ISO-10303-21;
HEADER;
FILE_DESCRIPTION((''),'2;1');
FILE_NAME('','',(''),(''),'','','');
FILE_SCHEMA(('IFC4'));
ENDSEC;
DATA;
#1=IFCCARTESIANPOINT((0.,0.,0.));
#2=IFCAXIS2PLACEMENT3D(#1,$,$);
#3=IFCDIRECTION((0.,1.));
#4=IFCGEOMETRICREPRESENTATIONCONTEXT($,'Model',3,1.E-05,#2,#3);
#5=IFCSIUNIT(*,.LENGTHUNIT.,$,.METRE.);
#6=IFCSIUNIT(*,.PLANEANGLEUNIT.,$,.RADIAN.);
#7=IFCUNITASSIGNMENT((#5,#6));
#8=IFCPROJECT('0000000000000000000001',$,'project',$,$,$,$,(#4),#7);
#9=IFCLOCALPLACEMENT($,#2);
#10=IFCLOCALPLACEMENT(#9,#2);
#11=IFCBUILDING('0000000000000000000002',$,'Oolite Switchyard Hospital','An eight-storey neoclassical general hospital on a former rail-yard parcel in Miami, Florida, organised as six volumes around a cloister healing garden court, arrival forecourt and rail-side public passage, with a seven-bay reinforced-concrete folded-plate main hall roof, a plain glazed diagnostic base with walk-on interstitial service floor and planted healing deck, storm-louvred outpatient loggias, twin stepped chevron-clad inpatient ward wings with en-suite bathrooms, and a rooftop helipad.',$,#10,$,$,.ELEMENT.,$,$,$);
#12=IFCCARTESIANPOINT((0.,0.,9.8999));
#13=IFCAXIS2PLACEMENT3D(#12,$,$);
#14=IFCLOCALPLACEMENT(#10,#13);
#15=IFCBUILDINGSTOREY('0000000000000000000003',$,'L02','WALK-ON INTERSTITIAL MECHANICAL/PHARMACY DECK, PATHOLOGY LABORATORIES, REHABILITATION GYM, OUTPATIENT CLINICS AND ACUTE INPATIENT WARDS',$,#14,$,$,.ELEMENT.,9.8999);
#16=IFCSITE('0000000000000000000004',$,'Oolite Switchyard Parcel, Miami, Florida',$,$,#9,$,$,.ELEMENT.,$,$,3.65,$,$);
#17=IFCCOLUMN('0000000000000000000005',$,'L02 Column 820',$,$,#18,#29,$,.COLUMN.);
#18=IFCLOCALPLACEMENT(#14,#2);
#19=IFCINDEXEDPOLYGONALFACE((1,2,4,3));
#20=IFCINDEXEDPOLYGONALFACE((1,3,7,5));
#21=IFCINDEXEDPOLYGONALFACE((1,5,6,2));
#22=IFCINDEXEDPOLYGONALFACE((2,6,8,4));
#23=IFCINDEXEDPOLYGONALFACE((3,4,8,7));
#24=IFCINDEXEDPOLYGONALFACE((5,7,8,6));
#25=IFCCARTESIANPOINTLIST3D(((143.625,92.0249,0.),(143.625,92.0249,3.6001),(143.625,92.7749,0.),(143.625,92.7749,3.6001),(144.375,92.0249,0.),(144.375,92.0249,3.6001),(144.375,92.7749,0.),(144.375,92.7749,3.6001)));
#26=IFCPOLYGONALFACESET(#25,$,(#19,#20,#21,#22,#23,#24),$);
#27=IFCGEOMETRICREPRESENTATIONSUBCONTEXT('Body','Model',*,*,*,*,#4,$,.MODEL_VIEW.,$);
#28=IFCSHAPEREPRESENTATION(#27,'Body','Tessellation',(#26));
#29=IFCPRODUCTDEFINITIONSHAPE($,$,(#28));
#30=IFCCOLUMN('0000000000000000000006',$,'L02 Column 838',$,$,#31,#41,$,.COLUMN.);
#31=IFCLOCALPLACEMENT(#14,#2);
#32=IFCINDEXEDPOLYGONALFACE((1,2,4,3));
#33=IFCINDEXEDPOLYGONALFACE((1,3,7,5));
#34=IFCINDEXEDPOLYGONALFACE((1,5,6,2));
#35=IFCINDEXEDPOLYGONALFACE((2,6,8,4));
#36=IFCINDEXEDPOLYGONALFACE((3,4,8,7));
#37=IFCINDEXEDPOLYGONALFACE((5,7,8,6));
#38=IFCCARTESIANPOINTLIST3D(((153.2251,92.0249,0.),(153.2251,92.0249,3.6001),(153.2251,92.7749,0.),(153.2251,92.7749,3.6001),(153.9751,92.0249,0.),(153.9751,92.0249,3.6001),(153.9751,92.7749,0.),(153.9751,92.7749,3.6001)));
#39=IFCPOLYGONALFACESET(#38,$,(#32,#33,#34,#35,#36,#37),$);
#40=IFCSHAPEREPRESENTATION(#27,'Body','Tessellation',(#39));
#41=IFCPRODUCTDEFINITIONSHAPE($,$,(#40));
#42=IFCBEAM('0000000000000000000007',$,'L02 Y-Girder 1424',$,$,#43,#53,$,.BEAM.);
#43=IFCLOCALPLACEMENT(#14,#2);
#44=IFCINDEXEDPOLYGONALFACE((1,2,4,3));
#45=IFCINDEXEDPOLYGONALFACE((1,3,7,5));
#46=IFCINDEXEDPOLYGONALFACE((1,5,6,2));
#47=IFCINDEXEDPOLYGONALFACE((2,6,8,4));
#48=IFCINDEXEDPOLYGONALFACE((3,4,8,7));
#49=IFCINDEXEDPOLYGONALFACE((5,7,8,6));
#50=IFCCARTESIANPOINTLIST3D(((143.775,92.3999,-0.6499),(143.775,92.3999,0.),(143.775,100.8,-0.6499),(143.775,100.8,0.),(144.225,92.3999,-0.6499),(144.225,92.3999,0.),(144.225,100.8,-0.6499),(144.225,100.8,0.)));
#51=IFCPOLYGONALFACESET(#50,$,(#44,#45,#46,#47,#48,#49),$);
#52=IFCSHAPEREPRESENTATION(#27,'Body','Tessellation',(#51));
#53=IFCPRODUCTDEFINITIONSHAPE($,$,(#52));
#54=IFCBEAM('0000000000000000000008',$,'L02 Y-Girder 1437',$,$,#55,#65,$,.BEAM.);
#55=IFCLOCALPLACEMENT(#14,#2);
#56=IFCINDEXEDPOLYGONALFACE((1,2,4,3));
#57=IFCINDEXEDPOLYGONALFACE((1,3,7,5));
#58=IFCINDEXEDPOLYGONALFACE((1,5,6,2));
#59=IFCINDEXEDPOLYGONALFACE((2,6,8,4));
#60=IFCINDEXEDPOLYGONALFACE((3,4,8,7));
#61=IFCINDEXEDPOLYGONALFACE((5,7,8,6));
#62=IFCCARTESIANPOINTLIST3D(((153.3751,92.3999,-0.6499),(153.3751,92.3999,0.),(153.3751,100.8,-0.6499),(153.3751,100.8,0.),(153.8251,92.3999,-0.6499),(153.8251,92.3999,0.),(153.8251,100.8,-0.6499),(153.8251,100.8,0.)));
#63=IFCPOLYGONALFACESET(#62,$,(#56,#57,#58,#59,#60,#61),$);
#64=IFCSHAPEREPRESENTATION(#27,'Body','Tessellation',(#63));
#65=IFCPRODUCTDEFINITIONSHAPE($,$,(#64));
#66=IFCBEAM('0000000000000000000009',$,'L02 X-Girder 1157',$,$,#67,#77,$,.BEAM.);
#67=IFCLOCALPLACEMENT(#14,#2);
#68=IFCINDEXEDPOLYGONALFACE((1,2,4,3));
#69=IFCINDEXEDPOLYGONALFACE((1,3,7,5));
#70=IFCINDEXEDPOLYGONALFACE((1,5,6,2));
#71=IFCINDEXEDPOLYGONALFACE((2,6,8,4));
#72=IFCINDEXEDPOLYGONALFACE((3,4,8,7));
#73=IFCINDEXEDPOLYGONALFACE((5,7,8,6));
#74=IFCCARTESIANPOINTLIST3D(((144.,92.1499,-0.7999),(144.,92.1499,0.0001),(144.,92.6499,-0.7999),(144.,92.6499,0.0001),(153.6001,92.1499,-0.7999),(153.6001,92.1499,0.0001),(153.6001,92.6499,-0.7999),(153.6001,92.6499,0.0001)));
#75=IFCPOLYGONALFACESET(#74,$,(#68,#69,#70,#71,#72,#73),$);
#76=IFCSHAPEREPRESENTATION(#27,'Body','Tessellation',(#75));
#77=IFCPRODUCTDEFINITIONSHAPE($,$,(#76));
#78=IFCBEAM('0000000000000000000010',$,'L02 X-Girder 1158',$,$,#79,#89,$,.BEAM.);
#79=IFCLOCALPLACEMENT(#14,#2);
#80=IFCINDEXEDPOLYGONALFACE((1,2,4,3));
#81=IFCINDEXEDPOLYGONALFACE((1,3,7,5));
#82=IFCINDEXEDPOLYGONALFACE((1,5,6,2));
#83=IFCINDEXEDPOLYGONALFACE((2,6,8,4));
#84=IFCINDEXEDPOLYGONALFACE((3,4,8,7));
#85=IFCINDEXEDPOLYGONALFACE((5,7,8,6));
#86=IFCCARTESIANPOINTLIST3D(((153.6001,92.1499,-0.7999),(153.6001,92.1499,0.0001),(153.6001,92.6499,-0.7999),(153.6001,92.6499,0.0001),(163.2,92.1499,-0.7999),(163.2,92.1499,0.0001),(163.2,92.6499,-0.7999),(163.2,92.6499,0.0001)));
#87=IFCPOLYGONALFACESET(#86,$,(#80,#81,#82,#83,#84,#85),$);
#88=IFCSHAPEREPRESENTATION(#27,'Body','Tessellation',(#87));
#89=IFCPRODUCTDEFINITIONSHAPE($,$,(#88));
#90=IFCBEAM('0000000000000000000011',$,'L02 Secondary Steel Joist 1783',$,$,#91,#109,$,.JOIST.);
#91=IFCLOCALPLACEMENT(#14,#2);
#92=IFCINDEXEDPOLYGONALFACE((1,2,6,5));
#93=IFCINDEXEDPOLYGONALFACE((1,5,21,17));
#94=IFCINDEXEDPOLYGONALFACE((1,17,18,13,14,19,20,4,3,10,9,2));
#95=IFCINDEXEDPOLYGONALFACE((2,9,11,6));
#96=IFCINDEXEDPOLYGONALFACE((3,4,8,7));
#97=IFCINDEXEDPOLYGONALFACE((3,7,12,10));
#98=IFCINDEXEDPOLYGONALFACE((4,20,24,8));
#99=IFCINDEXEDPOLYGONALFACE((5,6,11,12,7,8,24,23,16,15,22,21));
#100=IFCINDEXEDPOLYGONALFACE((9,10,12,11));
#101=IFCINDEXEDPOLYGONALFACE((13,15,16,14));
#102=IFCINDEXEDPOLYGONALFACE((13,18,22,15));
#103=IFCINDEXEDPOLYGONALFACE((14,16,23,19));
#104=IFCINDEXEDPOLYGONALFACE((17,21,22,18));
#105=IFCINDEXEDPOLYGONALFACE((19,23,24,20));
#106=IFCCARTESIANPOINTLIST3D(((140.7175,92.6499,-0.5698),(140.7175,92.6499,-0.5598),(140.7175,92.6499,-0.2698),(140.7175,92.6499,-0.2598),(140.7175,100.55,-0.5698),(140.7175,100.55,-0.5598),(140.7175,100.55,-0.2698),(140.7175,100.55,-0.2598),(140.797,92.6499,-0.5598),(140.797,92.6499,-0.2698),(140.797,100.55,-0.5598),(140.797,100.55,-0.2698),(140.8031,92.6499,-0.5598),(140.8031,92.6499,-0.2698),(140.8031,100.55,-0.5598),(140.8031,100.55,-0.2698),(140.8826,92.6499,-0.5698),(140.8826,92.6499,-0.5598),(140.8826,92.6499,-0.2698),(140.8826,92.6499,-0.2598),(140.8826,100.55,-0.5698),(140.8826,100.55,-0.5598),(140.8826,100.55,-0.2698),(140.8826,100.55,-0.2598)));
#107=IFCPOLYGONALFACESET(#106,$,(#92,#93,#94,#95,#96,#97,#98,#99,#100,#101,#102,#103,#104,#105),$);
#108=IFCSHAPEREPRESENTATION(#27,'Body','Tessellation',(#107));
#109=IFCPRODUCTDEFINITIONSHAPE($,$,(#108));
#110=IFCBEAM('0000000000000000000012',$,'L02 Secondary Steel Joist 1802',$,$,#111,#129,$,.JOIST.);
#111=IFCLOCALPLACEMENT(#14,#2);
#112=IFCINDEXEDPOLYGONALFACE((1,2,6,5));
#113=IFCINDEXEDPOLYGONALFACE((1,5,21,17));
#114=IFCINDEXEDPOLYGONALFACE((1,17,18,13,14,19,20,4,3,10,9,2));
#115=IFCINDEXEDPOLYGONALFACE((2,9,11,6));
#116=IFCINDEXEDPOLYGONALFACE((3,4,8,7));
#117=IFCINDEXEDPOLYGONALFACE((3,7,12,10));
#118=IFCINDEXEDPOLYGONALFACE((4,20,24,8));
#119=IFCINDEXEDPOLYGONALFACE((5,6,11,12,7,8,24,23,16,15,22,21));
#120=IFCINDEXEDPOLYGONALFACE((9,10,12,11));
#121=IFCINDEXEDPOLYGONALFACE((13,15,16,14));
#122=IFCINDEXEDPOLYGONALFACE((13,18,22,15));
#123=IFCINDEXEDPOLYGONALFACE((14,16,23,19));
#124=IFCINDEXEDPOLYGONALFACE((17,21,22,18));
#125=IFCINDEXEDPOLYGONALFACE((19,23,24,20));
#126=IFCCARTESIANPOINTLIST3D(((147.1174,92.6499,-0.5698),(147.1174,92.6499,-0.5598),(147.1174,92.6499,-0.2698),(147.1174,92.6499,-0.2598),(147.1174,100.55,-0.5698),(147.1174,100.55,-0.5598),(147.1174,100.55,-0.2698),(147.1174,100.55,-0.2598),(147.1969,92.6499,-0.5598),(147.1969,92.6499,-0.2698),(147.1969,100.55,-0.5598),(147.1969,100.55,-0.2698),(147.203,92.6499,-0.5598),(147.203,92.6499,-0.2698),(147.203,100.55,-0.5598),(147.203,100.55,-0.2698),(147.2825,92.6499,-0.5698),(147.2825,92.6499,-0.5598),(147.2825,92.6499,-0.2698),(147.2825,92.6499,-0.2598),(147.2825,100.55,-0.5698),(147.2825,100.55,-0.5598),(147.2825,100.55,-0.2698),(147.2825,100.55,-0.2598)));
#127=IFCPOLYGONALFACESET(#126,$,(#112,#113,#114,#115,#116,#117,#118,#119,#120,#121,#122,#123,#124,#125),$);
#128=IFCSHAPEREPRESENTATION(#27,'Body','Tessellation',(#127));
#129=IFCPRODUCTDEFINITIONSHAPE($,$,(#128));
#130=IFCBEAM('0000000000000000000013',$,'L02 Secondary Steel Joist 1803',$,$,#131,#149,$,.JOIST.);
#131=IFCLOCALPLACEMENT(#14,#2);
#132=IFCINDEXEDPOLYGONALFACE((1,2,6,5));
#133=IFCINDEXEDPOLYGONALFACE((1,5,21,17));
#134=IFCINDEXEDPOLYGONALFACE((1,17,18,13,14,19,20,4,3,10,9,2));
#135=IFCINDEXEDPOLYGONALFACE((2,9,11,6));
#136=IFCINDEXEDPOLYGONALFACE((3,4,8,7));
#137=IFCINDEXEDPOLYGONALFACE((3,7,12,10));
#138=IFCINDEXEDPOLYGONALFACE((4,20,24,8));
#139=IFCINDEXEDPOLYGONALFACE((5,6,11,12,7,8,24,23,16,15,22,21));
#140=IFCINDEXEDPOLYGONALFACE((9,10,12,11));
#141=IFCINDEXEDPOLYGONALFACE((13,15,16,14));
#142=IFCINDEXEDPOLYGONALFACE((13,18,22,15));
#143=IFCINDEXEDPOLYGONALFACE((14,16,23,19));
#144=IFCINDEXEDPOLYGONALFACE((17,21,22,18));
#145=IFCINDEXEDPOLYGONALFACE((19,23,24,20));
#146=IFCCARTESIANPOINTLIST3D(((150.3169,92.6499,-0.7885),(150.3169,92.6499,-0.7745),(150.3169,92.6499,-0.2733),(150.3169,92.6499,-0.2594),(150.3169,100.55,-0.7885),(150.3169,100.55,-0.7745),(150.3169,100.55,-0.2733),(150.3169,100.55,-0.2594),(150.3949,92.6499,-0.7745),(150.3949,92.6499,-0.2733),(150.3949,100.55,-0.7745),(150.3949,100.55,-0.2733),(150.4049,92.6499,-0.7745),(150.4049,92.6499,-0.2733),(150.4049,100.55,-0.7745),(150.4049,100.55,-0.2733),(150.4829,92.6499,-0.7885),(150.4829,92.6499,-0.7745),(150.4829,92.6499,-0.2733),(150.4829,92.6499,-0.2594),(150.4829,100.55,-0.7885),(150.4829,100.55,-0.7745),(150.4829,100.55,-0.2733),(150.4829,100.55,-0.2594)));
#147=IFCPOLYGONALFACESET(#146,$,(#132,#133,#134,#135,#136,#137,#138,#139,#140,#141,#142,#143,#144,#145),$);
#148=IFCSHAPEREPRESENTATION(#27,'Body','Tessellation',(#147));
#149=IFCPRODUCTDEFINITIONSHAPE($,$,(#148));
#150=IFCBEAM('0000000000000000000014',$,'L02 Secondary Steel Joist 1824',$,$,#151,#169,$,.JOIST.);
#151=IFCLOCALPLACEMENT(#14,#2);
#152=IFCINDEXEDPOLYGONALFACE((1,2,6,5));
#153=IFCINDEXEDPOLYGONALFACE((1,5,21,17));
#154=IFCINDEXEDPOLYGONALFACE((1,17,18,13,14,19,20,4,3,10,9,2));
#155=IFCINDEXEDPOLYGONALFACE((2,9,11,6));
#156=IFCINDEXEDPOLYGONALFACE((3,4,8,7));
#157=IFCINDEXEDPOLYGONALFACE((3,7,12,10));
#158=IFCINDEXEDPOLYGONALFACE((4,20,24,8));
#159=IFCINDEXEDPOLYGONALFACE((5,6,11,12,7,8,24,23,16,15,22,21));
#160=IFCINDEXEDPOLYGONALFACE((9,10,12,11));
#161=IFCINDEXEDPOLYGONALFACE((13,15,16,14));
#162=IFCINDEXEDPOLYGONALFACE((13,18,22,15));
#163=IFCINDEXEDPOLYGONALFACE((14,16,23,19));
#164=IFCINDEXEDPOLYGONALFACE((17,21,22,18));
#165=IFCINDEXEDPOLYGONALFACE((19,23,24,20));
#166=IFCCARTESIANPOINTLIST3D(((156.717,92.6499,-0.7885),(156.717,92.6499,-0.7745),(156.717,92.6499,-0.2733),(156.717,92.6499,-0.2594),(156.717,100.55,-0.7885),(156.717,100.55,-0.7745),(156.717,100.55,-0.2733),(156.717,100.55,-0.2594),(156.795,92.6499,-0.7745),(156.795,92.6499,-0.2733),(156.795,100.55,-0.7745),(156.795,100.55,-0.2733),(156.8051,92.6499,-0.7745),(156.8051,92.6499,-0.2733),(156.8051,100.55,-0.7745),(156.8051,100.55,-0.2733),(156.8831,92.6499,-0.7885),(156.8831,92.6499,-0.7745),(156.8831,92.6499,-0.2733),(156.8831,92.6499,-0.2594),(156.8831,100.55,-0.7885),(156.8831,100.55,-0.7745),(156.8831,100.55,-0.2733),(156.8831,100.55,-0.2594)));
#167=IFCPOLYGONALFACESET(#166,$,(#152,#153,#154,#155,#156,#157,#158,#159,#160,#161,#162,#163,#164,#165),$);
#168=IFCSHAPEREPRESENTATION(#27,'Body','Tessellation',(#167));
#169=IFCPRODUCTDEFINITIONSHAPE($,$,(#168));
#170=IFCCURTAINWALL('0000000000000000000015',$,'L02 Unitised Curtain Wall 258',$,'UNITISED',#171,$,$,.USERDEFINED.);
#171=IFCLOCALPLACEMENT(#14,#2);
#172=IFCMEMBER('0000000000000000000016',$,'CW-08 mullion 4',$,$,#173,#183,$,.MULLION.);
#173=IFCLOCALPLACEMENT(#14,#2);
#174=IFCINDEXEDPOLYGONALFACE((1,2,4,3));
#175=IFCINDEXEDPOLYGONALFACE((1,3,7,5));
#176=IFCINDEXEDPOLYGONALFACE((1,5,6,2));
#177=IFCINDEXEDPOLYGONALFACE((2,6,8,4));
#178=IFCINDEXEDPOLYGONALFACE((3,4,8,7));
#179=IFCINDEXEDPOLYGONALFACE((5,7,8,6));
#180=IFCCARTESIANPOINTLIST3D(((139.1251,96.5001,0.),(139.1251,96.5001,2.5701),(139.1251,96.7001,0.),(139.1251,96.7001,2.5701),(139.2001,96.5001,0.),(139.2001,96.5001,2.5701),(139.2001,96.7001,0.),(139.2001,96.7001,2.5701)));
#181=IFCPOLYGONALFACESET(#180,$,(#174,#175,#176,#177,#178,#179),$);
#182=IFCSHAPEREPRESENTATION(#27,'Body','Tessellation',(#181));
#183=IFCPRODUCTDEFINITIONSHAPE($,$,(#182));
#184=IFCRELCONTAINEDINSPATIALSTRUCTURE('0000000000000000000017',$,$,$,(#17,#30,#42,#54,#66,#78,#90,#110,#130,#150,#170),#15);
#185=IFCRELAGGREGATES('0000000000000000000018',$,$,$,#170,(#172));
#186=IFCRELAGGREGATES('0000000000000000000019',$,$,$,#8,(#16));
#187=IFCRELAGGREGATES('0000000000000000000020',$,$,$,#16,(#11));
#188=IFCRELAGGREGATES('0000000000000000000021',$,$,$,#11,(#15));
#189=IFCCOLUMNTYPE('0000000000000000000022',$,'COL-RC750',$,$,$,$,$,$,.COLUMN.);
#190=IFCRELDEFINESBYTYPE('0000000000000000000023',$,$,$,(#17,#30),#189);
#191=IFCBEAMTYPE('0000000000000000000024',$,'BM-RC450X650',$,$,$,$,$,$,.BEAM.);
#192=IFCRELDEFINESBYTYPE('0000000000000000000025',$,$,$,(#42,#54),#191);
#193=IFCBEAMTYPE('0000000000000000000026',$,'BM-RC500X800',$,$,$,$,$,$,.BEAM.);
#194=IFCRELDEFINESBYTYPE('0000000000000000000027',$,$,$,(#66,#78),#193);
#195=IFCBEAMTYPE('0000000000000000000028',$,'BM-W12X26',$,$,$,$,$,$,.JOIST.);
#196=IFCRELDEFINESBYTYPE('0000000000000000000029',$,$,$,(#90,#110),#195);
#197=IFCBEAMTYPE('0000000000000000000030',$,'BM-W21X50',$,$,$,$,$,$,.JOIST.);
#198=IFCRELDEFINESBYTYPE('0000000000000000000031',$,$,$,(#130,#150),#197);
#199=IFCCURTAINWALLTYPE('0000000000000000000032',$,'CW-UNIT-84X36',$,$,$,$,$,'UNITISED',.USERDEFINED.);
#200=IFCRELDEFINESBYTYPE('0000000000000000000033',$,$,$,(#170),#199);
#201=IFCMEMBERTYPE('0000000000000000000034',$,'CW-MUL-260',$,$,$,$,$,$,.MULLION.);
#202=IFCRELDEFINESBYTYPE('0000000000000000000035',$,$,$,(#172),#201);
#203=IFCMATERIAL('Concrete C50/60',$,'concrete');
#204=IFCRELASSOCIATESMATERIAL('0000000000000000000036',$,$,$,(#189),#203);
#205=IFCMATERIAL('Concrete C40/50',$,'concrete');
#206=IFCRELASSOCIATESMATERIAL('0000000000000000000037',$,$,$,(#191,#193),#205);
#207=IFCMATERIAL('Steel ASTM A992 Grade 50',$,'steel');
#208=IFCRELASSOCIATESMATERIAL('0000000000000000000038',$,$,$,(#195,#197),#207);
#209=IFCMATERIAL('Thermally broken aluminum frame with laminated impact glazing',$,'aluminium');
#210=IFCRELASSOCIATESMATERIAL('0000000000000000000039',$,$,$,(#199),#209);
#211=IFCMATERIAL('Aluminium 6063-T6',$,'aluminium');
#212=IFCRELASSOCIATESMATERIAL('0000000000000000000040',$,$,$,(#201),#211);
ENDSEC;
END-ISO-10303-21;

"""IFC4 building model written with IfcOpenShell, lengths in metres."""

from ifc_helpers import new_model, si_unit, direction, frame, origin, origin_2d, place, context, subcontext, project, spatial, rectangle, i_section, extrude, material, material_profile, profile_set, type_object, element, aggregate, save


model = new_model("IFC4")

# Units and contexts
model_context = context("Model", 3, precision=1e-05, world=origin(), true_north=direction((0.0, 1.0)))
body_context = subcontext(model_context, "Body", "Model", "MODEL_VIEW")
ifc_project = project(units=[si_unit("LENGTHUNIT", "METRE"), si_unit("PLANEANGLEUNIT", "RADIAN")], contexts=[model_context])

# Site, building, storey
site_placement = place(None, origin())
site = spatial("IfcSite", under=ifc_project, at=site_placement, Name="Oolite Switchyard Parcel, Miami, Florida", CompositionType="ELEMENT", RefElevation=3.65)
building_placement = place(site_placement, origin())
building = spatial("IfcBuilding", under=site, at=building_placement, Name="Oolite Switchyard Hospital", Description="An eight-storey neoclassical general hospital on a former rail-yard parcel in Miami, Florida, organised as six volumes around a cloister healing garden court, arrival forecourt and rail-side public passage, with a seven-bay reinforced-concrete folded-plate main hall roof, a plain glazed diagnostic base with walk-on interstitial service floor and planted healing deck, storm-louvred outpatient loggias, twin stepped chevron-clad inpatient ward wings with en-suite bathrooms, and a rooftop helipad.", CompositionType="ELEMENT")
storey_placement = place(building_placement, frame((0.0, 0.0, 9.8999)))
storey = spatial("IfcBuildingStorey", under=building, at=storey_placement, Name="L02", Description="WALK-ON INTERSTITIAL MECHANICAL/PHARMACY DECK, PATHOLOGY LABORATORIES, REHABILITATION GYM, OUTPATIENT CLINICS AND ACUTE INPATIENT WARDS", CompositionType="ELEMENT", Elevation=9.8999)

# Columns
ifc_material_1 = material(Name="Concrete C50/60", Category="concrete")
ifc_material_profile_1 = material_profile(ifc_material_1, rectangle(XDim=0.75, YDim=0.75, at=origin_2d()), Name="RC750X750")
ifc_profile_set_1 = profile_set([ifc_material_profile_1], Name="Concrete C50/60")
column_type = type_object("IfcColumnType", Name="COL-RC750", PredefinedType="COLUMN", material=ifc_profile_set_1)
for number, where, z_axis, x_axis, name in (
    (1, (144.0, 92.3999, 0.0), (0.0, 0.0, 1.0), (1.0, 0.0, 0.0), "L02 Column 820"),
    (2, (153.6001, 92.3999, 0.0), (0.0, 0.0, 1.0), (1.0, 0.0, 0.0), "L02 Column 838"),
):
    element("IfcColumn", number, at=place(storey_placement, frame(where, z_axis=z_axis, x_axis=x_axis)), inside=storey, type_object=column_type, Name=name, PredefinedType="COLUMN", context=body_context, shape_type="SweptSolid", body=[
        extrude(rectangle(XDim=0.75, YDim=0.75, at=origin_2d()), origin(), (0.0, 0.0, 1.0), 3.6001),
    ])

# Beams
ifc_material_2 = material(Name="Concrete C40/50", Category="concrete")
ifc_material_profile_2 = material_profile(ifc_material_2, rectangle(XDim=0.45, YDim=0.6499, at=origin_2d()), Name="RCB450X650")
ifc_profile_set_2 = profile_set([ifc_material_profile_2], Name="Concrete C40/50")
beam_type_1 = type_object("IfcBeamType", Name="BM-RC450X650", PredefinedType="BEAM", material=ifc_profile_set_2)
for number, where, z_axis, x_axis, name in (
    (3, (144.0, 92.3999, -0.325), (0.0, 1.0, 0.0), (-1.0, 0.0, 0.0), "L02 Y-Girder 1424"),
    (4, (153.6001, 92.3999, -0.325), (0.0, 1.0, 0.0), (-1.0, 0.0, 0.0), "L02 Y-Girder 1437"),
):
    element("IfcBeam", number, at=place(storey_placement, frame(where, z_axis=z_axis, x_axis=x_axis)), inside=storey, type_object=beam_type_1, Name=name, PredefinedType="BEAM", context=body_context, shape_type="SweptSolid", body=[
        extrude(rectangle(XDim=0.45, YDim=0.6499, at=origin_2d()), origin(), (0.0, 0.0, 1.0), 8.4001),
    ])
ifc_material_profile_3 = material_profile(ifc_material_2, rectangle(XDim=0.5, YDim=0.8, at=origin_2d()), Name="RCB500X800")
ifc_profile_set_3 = profile_set([ifc_material_profile_3], Name="Concrete C40/50")
beam_type_2 = type_object("IfcBeamType", Name="BM-RC500X800", PredefinedType="BEAM", material=ifc_profile_set_3)
beam_1_placement = place(storey_placement, frame((144.0, 92.3999, -0.3999), z_axis=(1.0, 0.0, 0.0), x_axis=(0.0, 1.0, 0.0)))
element("IfcBeam", 5, at=beam_1_placement, inside=storey, type_object=beam_type_2, Name="L02 X-Girder 1157", PredefinedType="BEAM", context=body_context, shape_type="SweptSolid", body=[
    extrude(rectangle(XDim=0.5, YDim=0.8, at=origin_2d()), origin(), (0.0, 0.0, 1.0), 9.6001),
])
beam_2_placement = place(storey_placement, frame((153.6001, 92.3999, -0.3999), z_axis=(1.0, 0.0, 0.0), x_axis=(0.0, 1.0, 0.0)))
element("IfcBeam", 6, at=beam_2_placement, inside=storey, type_object=beam_type_2, Name="L02 X-Girder 1158", PredefinedType="BEAM", context=body_context, shape_type="SweptSolid", body=[
    extrude(rectangle(XDim=0.5, YDim=0.8, at=origin_2d()), origin(), (0.0, 0.0, 1.0), 9.5999),
])
ifc_material_3 = material(Name="Steel ASTM A992 Grade 50", Category="steel")
ifc_material_profile_4 = material_profile(ifc_material_3, i_section(OverallWidth=0.165, OverallDepth=0.3101, WebThickness=0.0061, FlangeThickness=0.01, at=origin_2d()), Name="W12X26")
ifc_profile_set_4 = profile_set([ifc_material_profile_4], Name="Steel ASTM A992 Grade 50")
beam_type_3 = type_object("IfcBeamType", Name="BM-W12X26", PredefinedType="JOIST", material=ifc_profile_set_4)
for number, where, z_axis, x_axis, name in (
    (7, (140.8, 92.6499, -0.4148), (0.0, 1.0, 0.0), (-1.0, 0.0, 0.0), "L02 Secondary Steel Joist 1783"),
    (8, (147.2, 92.6499, -0.4148), (0.0, 1.0, 0.0), (-1.0, 0.0, 0.0), "L02 Secondary Steel Joist 1802"),
):
    element("IfcBeam", number, at=place(storey_placement, frame(where, z_axis=z_axis, x_axis=x_axis)), inside=storey, type_object=beam_type_3, Name=name, PredefinedType="JOIST", context=body_context, shape_type="SweptSolid", body=[
        extrude(i_section(OverallWidth=0.165, OverallDepth=0.3101, WebThickness=0.0061, FlangeThickness=0.01, at=origin_2d()), origin(), (0.0, 0.0, 1.0), 7.9001),
    ])
ifc_material_profile_5 = material_profile(ifc_material_3, i_section(OverallWidth=0.166, OverallDepth=0.5291, WebThickness=0.01, FlangeThickness=0.0139, at=origin_2d()), Name="W21X50")
ifc_profile_set_5 = profile_set([ifc_material_profile_5], Name="Steel ASTM A992 Grade 50")
beam_type_4 = type_object("IfcBeamType", Name="BM-W21X50", PredefinedType="JOIST", material=ifc_profile_set_5)
for number, where, z_axis, x_axis, name in (
    (9, (150.3999, 92.6499, -0.5239), (0.0, 1.0, 0.0), (-1.0, 0.0, 0.0), "L02 Secondary Steel Joist 1803"),
    (10, (156.8, 92.6499, -0.5239), (0.0, 1.0, 0.0), (-1.0, 0.0, 0.0), "L02 Secondary Steel Joist 1824"),
):
    element("IfcBeam", number, at=place(storey_placement, frame(where, z_axis=z_axis, x_axis=x_axis)), inside=storey, type_object=beam_type_4, Name=name, PredefinedType="JOIST", context=body_context, shape_type="SweptSolid", body=[
        extrude(i_section(OverallWidth=0.166, OverallDepth=0.5291, WebThickness=0.01, FlangeThickness=0.0139, at=origin_2d()), origin(), (0.0, 0.0, 1.0), 7.9001),
    ])

# Curtain wall, member
ifc_material_4 = material(Name="Thermally broken aluminum frame with laminated impact glazing", Category="aluminium")
curtain_wall_type = type_object("IfcCurtainWallType", Name="CW-UNIT-84X36", ElementType="UNITISED", PredefinedType="USERDEFINED", material=ifc_material_4)
curtain_wall_placement = place(storey_placement, origin())
curtain_wall = element("IfcCurtainWall", 11, at=curtain_wall_placement, inside=storey, type_object=curtain_wall_type, Name="L02 Unitised Curtain Wall 258", ObjectType="UNITISED", PredefinedType="USERDEFINED")
ifc_material_5 = material(Name="Aluminium 6063-T6", Category="aluminium")
ifc_material_profile_6 = material_profile(ifc_material_5, rectangle(XDim=0.2, YDim=0.075, at=origin_2d()), Name="CWM75X200")
ifc_profile_set_6 = profile_set([ifc_material_profile_6], Name="Aluminium 6063-T6")
member_type_1 = type_object("IfcMemberType", Name="CW-MUL-260", PredefinedType="MULLION", material=ifc_profile_set_6)
member_1_placement = place(storey_placement, frame((139.1626, 96.6001, 0.0), z_axis=(0.0, 0.0, 1.0), x_axis=(0.0, 1.0, 0.0)))
member_1 = element("IfcMember", 12, at=member_1_placement, type_object=member_type_1, Name="CW-08 mullion 4", PredefinedType="MULLION", context=body_context, shape_type="SweptSolid", body=[
    extrude(rectangle(XDim=0.2, YDim=0.075, at=origin_2d()), origin(), (0.0, 0.0, 1.0), 2.5701),
])
aggregate(curtain_wall, [member_1])

save(model, "model.ifc")
